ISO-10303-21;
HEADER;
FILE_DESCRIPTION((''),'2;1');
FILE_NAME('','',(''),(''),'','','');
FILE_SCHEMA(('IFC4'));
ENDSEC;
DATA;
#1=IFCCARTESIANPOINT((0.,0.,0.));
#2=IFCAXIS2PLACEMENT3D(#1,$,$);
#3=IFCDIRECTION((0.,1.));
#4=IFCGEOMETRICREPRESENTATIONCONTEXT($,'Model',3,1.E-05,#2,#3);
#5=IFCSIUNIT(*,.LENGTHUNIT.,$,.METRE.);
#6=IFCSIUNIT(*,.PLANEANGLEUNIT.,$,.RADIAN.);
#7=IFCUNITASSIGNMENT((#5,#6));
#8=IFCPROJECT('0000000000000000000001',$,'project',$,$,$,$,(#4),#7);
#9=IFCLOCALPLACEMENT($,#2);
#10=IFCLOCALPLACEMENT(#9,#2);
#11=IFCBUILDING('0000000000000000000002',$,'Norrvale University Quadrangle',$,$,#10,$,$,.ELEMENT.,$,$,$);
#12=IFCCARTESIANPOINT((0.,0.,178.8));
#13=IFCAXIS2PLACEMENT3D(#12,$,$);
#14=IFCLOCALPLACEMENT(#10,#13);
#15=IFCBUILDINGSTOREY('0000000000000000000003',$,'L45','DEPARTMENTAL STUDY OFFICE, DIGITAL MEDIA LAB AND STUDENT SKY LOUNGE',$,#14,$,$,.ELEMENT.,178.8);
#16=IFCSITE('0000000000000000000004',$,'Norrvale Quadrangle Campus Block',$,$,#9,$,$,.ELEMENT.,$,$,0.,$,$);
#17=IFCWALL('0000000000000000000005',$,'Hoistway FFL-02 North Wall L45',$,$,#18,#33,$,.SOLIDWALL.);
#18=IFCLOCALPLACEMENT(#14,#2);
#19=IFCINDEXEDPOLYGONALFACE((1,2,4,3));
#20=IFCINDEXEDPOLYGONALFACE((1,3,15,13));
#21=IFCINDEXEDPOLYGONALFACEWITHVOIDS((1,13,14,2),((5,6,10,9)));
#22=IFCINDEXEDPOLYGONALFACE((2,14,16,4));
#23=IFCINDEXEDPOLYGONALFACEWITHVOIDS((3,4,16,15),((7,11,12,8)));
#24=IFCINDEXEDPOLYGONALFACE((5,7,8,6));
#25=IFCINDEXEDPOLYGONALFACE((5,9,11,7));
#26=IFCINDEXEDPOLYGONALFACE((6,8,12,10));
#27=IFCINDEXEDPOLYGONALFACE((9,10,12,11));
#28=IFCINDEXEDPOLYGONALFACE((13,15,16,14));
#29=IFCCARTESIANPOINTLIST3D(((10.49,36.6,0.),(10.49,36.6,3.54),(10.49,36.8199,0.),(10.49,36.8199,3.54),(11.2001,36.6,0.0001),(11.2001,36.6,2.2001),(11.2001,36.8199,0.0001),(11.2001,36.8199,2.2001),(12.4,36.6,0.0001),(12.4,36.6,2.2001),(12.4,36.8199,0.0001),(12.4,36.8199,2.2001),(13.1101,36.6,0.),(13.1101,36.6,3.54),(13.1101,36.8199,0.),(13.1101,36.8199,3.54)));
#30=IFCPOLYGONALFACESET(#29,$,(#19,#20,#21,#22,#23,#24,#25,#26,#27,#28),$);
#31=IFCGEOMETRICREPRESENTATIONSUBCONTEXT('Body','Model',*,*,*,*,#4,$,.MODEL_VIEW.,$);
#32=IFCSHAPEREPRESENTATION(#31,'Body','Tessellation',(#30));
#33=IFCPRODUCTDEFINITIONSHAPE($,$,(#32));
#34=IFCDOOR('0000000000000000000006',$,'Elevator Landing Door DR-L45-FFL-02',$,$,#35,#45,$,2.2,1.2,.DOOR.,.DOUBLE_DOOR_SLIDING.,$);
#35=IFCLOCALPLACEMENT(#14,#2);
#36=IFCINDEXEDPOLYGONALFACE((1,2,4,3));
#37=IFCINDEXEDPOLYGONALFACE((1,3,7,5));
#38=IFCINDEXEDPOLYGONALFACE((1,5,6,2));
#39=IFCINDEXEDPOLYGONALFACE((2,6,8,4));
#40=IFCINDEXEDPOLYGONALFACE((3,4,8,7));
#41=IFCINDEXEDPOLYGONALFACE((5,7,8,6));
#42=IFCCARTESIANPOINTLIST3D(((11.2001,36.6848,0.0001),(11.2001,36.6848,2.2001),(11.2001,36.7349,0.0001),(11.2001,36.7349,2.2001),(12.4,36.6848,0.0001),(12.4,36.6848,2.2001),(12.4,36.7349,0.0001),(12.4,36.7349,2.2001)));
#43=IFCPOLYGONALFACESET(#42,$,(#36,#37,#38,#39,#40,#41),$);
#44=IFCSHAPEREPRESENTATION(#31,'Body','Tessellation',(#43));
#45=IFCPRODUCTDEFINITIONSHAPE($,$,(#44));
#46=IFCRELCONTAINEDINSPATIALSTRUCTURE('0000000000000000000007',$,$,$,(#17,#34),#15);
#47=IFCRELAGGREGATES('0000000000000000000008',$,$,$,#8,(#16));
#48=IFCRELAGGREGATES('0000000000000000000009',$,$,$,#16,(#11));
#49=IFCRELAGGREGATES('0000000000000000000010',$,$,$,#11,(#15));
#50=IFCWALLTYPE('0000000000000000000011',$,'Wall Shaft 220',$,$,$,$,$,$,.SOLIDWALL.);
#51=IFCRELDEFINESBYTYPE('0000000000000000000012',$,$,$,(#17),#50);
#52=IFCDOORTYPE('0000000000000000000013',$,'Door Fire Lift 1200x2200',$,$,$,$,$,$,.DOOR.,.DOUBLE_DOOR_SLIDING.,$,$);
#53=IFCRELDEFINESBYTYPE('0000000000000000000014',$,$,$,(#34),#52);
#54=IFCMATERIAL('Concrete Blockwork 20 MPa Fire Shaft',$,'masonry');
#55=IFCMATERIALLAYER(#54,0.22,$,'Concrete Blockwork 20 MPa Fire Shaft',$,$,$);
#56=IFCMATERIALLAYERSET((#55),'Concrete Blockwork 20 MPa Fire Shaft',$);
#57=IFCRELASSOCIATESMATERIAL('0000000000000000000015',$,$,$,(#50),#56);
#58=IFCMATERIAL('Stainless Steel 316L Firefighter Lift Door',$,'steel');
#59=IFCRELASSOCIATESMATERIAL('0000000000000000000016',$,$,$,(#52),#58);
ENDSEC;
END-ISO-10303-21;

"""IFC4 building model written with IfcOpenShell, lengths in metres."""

from ifc_helpers import new_model, si_unit, direction, frame, frame_2d, origin, place, context, subcontext, project, spatial, rectangle, extrude, material, layer, layer_set, type_object, element, fill, save


model = new_model("IFC4")

# Units and contexts
model_context = context("Model", 3, precision=1e-05, world=origin(), true_north=direction((0.0, 1.0)))
body_context = subcontext(model_context, "Body", "Model", "MODEL_VIEW")
ifc_project = project(units=[si_unit("LENGTHUNIT", "METRE"), si_unit("PLANEANGLEUNIT", "RADIAN")], contexts=[model_context])

# Site, building, storey
site_placement = place(None, origin())
site = spatial("IfcSite", under=ifc_project, at=site_placement, Name="Norrvale Quadrangle Campus Block", CompositionType="ELEMENT", RefElevation=0.0)
building_placement = place(site_placement, origin())
building = spatial("IfcBuilding", under=site, at=building_placement, Name="Norrvale University Quadrangle", CompositionType="ELEMENT")
storey_placement = place(building_placement, frame((0.0, 0.0, 178.8)))
storey = spatial("IfcBuildingStorey", under=building, at=storey_placement, Name="L45", Description="DEPARTMENTAL STUDY OFFICE, DIGITAL MEDIA LAB AND STUDENT SKY LOUNGE", CompositionType="ELEMENT", Elevation=178.8)

# Shared definitions
ifc_material_1 = material(Name="Concrete Blockwork 20 MPa Fire Shaft", Category="masonry")
ifc_layer_1 = layer(ifc_material_1, 0.22, Name="Concrete Blockwork 20 MPa Fire Shaft")
ifc_layer_set_1 = layer_set([ifc_layer_1], Name="Concrete Blockwork 20 MPa Fire Shaft")
wall_type_1 = type_object("IfcWallType", Name="Wall Shaft 220", PredefinedType="SOLIDWALL", material=ifc_layer_set_1)

# Shared definitions
ifc_material_2 = material(Name="Stainless Steel 316L Firefighter Lift Door", Category="steel")
door_type_1 = type_object("IfcDoorType", Name="Door Fire Lift 1200x2200", OperationType="DOUBLE_DOOR_SLIDING", PredefinedType="DOOR", material=ifc_material_2)

# Wall, opening, door
wall_1_placement = place(storey_placement, frame((10.49, 36.71, 0.0), z_axis=(0.0, 0.0, 1.0), x_axis=(1.0, 0.0, 0.0)))
wall_1 = element("IfcWall", 1, at=wall_1_placement, inside=storey, type_object=wall_type_1, Name="Hoistway FFL-02 North Wall L45", PredefinedType="SOLIDWALL", context=body_context, shape_type="SweptSolid", body=[
    extrude(rectangle(XDim=2.6201, YDim=0.22, at=frame_2d((1.3101, 0.0))), origin(), (0.0, 0.0, 1.0), 3.54),
])
opening_1_placement = place(wall_1_placement, frame((0.71, 0.0, 0.0)))
opening_1 = element("IfcOpeningElement", 2, at=opening_1_placement, cuts=wall_1, PredefinedType="OPENING", context=body_context, shape_type="SweptSolid", body=[
    extrude(rectangle(XDim=1.2, YDim=2.2, at=frame_2d((0.6001, 1.1001))), frame((0.0, 0.1221, 0.0), z_axis=(0.0, -1.0, 0.0), x_axis=(1.0, 0.0, 0.0)), (0.0, 0.0, 1.0), 0.2439),
])
door_1_placement = place(opening_1_placement, origin())
door_1 = element("IfcDoor", 3, at=door_1_placement, inside=storey, type_object=door_type_1, Name="Elevator Landing Door DR-L45-FFL-02", OperationType="DOUBLE_DOOR_SLIDING", OverallHeight=2.2, OverallWidth=1.2, PredefinedType="DOOR", context=body_context, shape_type="SweptSolid", body=[
    extrude(rectangle(XDim=1.2, YDim=2.2, at=frame_2d((0.6001, 1.1001))), frame((0.0, 0.0249, 0.0), z_axis=(0.0, -1.0, 0.0), x_axis=(1.0, 0.0, 0.0)), (0.0, 0.0, 1.0), 0.05),
])
fill(opening_1, door_1)

save(model, "model.ifc")
